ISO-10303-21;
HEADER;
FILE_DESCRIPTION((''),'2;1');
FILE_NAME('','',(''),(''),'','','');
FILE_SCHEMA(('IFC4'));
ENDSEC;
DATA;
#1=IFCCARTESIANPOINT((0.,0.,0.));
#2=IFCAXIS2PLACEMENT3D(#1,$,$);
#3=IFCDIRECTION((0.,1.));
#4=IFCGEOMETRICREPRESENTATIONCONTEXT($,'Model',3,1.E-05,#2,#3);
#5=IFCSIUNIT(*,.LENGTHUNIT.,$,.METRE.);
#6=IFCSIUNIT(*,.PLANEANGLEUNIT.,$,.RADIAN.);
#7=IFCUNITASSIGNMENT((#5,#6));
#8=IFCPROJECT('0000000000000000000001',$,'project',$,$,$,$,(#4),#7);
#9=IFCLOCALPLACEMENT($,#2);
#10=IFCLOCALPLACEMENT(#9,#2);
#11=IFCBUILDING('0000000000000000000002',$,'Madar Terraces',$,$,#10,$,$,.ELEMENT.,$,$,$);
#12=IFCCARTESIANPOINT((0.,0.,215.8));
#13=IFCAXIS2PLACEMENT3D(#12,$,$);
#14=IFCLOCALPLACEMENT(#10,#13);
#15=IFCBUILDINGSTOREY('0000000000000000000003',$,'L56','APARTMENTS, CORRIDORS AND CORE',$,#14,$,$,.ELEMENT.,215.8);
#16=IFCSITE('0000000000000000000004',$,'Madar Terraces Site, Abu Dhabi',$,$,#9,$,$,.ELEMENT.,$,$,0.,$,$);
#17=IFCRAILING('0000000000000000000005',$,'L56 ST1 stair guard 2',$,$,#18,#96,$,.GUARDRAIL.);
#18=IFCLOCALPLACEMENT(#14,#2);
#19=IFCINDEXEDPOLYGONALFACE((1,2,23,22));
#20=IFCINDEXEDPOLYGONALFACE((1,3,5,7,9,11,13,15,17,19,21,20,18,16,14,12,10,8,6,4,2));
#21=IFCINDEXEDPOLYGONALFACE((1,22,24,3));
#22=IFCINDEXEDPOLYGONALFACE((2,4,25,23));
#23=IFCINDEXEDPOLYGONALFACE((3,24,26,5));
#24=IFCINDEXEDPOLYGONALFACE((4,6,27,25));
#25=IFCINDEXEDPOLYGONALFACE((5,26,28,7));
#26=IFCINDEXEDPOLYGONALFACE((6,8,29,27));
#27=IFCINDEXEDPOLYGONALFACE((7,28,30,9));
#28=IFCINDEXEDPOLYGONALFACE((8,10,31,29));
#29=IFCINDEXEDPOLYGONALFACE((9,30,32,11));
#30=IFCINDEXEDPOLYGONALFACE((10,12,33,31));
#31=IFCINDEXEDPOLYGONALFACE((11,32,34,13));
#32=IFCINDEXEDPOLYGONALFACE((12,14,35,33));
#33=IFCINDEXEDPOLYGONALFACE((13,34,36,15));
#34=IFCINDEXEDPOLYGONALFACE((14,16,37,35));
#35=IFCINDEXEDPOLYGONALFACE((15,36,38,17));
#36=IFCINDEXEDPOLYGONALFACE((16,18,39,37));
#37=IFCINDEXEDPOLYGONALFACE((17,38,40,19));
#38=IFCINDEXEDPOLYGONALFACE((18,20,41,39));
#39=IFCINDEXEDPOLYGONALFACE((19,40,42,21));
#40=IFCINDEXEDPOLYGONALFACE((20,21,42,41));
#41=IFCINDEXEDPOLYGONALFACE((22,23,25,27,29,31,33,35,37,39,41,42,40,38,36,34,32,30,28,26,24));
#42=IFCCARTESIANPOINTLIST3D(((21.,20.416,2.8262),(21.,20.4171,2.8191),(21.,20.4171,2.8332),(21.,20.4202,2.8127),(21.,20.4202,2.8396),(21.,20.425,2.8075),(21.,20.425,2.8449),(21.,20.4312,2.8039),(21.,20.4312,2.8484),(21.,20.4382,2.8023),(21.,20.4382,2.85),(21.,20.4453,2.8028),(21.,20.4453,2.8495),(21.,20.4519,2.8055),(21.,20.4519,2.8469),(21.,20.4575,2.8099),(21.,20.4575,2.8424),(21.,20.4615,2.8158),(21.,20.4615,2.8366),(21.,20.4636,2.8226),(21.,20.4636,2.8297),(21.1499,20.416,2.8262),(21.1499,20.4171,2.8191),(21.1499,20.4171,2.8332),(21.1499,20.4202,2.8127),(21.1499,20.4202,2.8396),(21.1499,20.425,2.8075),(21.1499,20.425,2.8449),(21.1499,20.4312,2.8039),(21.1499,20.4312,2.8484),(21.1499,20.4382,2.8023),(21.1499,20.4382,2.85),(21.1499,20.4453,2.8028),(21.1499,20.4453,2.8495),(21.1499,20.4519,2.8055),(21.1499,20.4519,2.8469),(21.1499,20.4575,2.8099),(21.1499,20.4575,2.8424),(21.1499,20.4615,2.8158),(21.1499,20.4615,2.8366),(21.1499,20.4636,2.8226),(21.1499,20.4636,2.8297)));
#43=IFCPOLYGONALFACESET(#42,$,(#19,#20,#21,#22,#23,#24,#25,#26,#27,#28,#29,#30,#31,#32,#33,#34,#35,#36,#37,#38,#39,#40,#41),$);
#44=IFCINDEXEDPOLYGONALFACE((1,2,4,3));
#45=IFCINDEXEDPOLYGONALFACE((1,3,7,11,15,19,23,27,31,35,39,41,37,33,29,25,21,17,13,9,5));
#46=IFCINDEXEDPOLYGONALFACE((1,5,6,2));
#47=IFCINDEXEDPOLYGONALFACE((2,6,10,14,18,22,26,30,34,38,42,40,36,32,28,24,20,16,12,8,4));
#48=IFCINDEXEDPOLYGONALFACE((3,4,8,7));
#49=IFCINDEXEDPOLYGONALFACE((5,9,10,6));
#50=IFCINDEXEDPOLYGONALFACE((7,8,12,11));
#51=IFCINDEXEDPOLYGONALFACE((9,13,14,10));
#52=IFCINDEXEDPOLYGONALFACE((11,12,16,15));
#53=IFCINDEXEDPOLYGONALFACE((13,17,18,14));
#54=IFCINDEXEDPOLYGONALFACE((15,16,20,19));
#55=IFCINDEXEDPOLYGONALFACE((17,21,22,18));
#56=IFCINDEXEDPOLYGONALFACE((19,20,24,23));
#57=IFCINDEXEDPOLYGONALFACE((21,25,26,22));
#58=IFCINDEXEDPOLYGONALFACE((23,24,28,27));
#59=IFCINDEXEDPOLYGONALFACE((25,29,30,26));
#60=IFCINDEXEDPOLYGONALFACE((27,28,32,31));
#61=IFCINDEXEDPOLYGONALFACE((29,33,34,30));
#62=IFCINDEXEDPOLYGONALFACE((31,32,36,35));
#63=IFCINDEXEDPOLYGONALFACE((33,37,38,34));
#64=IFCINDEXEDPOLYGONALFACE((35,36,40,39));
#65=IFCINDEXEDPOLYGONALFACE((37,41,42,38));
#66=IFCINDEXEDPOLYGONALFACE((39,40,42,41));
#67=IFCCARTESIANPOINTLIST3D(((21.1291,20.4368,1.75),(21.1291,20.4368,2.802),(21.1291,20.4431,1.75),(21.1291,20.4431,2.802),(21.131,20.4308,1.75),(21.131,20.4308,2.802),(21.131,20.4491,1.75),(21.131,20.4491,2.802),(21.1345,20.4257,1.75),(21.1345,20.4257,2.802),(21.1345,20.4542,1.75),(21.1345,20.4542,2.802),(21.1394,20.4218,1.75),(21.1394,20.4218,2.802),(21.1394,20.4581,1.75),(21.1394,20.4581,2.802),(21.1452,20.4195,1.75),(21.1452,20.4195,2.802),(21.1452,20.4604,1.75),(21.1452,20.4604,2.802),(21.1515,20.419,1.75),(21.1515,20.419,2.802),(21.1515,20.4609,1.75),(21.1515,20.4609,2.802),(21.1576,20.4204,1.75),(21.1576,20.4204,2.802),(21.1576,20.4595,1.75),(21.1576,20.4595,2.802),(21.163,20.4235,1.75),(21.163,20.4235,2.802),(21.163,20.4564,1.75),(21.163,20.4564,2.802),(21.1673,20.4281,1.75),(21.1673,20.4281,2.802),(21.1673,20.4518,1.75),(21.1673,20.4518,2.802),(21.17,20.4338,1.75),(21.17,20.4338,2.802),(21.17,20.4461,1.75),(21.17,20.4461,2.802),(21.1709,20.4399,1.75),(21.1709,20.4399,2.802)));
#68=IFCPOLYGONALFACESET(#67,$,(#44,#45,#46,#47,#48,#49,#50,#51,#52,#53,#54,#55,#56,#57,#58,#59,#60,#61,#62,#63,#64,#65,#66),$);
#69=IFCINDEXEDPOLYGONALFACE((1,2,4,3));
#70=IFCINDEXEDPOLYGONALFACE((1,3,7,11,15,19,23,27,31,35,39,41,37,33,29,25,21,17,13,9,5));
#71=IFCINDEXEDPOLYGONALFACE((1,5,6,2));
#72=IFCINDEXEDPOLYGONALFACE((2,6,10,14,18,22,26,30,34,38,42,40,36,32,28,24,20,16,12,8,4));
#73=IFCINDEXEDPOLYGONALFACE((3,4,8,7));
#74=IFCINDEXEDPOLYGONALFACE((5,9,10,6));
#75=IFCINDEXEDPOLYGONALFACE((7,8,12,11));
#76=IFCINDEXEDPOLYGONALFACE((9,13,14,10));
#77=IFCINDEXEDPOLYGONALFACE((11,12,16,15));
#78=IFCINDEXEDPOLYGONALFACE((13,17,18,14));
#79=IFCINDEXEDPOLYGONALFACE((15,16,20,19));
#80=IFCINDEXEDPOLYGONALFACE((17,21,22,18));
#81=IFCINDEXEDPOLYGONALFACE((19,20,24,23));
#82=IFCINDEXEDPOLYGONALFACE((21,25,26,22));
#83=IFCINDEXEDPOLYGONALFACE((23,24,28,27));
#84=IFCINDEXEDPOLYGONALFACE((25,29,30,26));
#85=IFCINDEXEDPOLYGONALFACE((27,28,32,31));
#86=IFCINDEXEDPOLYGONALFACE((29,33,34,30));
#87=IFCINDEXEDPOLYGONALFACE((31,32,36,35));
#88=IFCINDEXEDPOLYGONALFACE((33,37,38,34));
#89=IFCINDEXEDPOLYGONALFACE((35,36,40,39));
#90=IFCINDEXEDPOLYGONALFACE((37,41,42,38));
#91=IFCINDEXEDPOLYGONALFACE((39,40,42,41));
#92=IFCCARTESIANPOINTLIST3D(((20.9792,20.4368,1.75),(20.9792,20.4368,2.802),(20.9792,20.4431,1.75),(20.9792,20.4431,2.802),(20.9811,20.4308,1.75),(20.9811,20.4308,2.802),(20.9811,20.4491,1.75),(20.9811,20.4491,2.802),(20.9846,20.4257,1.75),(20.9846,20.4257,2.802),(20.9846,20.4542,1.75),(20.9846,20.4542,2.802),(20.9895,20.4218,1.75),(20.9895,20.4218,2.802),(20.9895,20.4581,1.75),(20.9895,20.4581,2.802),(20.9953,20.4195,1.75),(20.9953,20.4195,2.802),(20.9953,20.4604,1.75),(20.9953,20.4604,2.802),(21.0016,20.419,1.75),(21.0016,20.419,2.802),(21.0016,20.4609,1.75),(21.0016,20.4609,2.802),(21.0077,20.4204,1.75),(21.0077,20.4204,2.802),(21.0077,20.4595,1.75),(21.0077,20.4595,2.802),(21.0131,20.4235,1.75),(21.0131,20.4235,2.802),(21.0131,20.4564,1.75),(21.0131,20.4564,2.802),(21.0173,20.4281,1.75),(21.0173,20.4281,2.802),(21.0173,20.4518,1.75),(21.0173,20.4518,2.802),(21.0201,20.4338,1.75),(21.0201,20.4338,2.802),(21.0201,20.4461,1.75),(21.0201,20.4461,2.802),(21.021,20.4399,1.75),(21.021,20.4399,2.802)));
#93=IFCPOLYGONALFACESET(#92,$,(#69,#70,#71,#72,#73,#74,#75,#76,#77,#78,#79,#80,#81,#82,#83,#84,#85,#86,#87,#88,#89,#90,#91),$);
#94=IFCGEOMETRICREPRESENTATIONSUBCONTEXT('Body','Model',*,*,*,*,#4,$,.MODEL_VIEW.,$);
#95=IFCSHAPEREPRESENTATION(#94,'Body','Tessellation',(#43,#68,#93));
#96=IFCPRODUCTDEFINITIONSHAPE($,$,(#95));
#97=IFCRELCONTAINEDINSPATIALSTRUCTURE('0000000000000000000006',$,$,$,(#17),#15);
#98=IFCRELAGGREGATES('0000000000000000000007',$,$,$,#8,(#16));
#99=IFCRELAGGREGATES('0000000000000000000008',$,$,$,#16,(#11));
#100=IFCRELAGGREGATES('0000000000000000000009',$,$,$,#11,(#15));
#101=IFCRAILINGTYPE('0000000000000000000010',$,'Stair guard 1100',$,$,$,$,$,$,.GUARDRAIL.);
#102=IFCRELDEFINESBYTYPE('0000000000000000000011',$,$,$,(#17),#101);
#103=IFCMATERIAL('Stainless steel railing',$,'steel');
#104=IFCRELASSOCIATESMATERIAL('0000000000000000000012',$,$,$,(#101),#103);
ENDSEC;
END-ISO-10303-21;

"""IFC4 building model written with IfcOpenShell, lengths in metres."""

from ifc_helpers import new_model, si_unit, direction, frame, origin, origin_2d, place, context, subcontext, project, spatial, circle, extrude, material, type_object, element, save


model = new_model("IFC4")

# Units and contexts
model_context = context("Model", 3, precision=1e-05, world=origin(), true_north=direction((0.0, 1.0)))
body_context = subcontext(model_context, "Body", "Model", "MODEL_VIEW")
ifc_project = project(units=[si_unit("LENGTHUNIT", "METRE"), si_unit("PLANEANGLEUNIT", "RADIAN")], contexts=[model_context])

# Site, building, storey
site_placement = place(None, origin())
site = spatial("IfcSite", under=ifc_project, at=site_placement, Name="Madar Terraces Site, Abu Dhabi", CompositionType="ELEMENT", RefElevation=0.0)
building_placement = place(site_placement, origin())
building = spatial("IfcBuilding", under=site, at=building_placement, Name="Madar Terraces", CompositionType="ELEMENT")
storey_placement = place(building_placement, frame((0.0, 0.0, 215.8)))
storey = spatial("IfcBuildingStorey", under=building, at=storey_placement, Name="L56", Description="APARTMENTS, CORRIDORS AND CORE", CompositionType="ELEMENT", Elevation=215.8)

# Railing
ifc_material_1 = material(Name="Stainless steel railing", Category="steel")
railing_type_1 = type_object("IfcRailingType", Name="Stair guard 1100", PredefinedType="GUARDRAIL", material=ifc_material_1)
railing_1_placement = place(storey_placement, frame((21.1499, 20.4399, 1.75)))
element("IfcRailing", 1, at=railing_1_placement, inside=storey, type_object=railing_type_1, Name="L56 ST1 stair guard 2", PredefinedType="GUARDRAIL", context=body_context, shape_type="SweptSolid", body=[
    extrude(circle(Radius=0.0239, at=origin_2d()), frame((0.0, 0.0, 1.0762), z_axis=(-1.0, 0.0, 0.0), x_axis=(0.0, -1.0, 0.0)), (0.0, 0.0, 1.0), 0.1499),
    extrude(circle(Radius=0.021, at=origin_2d()), origin(), (0.0, 0.0, 1.0), 1.052),
    extrude(circle(Radius=0.021, at=origin_2d()), frame((-0.1499, 0.0, 0.0)), (0.0, 0.0, 1.0), 1.052),
])

save(model, "model.ifc")
